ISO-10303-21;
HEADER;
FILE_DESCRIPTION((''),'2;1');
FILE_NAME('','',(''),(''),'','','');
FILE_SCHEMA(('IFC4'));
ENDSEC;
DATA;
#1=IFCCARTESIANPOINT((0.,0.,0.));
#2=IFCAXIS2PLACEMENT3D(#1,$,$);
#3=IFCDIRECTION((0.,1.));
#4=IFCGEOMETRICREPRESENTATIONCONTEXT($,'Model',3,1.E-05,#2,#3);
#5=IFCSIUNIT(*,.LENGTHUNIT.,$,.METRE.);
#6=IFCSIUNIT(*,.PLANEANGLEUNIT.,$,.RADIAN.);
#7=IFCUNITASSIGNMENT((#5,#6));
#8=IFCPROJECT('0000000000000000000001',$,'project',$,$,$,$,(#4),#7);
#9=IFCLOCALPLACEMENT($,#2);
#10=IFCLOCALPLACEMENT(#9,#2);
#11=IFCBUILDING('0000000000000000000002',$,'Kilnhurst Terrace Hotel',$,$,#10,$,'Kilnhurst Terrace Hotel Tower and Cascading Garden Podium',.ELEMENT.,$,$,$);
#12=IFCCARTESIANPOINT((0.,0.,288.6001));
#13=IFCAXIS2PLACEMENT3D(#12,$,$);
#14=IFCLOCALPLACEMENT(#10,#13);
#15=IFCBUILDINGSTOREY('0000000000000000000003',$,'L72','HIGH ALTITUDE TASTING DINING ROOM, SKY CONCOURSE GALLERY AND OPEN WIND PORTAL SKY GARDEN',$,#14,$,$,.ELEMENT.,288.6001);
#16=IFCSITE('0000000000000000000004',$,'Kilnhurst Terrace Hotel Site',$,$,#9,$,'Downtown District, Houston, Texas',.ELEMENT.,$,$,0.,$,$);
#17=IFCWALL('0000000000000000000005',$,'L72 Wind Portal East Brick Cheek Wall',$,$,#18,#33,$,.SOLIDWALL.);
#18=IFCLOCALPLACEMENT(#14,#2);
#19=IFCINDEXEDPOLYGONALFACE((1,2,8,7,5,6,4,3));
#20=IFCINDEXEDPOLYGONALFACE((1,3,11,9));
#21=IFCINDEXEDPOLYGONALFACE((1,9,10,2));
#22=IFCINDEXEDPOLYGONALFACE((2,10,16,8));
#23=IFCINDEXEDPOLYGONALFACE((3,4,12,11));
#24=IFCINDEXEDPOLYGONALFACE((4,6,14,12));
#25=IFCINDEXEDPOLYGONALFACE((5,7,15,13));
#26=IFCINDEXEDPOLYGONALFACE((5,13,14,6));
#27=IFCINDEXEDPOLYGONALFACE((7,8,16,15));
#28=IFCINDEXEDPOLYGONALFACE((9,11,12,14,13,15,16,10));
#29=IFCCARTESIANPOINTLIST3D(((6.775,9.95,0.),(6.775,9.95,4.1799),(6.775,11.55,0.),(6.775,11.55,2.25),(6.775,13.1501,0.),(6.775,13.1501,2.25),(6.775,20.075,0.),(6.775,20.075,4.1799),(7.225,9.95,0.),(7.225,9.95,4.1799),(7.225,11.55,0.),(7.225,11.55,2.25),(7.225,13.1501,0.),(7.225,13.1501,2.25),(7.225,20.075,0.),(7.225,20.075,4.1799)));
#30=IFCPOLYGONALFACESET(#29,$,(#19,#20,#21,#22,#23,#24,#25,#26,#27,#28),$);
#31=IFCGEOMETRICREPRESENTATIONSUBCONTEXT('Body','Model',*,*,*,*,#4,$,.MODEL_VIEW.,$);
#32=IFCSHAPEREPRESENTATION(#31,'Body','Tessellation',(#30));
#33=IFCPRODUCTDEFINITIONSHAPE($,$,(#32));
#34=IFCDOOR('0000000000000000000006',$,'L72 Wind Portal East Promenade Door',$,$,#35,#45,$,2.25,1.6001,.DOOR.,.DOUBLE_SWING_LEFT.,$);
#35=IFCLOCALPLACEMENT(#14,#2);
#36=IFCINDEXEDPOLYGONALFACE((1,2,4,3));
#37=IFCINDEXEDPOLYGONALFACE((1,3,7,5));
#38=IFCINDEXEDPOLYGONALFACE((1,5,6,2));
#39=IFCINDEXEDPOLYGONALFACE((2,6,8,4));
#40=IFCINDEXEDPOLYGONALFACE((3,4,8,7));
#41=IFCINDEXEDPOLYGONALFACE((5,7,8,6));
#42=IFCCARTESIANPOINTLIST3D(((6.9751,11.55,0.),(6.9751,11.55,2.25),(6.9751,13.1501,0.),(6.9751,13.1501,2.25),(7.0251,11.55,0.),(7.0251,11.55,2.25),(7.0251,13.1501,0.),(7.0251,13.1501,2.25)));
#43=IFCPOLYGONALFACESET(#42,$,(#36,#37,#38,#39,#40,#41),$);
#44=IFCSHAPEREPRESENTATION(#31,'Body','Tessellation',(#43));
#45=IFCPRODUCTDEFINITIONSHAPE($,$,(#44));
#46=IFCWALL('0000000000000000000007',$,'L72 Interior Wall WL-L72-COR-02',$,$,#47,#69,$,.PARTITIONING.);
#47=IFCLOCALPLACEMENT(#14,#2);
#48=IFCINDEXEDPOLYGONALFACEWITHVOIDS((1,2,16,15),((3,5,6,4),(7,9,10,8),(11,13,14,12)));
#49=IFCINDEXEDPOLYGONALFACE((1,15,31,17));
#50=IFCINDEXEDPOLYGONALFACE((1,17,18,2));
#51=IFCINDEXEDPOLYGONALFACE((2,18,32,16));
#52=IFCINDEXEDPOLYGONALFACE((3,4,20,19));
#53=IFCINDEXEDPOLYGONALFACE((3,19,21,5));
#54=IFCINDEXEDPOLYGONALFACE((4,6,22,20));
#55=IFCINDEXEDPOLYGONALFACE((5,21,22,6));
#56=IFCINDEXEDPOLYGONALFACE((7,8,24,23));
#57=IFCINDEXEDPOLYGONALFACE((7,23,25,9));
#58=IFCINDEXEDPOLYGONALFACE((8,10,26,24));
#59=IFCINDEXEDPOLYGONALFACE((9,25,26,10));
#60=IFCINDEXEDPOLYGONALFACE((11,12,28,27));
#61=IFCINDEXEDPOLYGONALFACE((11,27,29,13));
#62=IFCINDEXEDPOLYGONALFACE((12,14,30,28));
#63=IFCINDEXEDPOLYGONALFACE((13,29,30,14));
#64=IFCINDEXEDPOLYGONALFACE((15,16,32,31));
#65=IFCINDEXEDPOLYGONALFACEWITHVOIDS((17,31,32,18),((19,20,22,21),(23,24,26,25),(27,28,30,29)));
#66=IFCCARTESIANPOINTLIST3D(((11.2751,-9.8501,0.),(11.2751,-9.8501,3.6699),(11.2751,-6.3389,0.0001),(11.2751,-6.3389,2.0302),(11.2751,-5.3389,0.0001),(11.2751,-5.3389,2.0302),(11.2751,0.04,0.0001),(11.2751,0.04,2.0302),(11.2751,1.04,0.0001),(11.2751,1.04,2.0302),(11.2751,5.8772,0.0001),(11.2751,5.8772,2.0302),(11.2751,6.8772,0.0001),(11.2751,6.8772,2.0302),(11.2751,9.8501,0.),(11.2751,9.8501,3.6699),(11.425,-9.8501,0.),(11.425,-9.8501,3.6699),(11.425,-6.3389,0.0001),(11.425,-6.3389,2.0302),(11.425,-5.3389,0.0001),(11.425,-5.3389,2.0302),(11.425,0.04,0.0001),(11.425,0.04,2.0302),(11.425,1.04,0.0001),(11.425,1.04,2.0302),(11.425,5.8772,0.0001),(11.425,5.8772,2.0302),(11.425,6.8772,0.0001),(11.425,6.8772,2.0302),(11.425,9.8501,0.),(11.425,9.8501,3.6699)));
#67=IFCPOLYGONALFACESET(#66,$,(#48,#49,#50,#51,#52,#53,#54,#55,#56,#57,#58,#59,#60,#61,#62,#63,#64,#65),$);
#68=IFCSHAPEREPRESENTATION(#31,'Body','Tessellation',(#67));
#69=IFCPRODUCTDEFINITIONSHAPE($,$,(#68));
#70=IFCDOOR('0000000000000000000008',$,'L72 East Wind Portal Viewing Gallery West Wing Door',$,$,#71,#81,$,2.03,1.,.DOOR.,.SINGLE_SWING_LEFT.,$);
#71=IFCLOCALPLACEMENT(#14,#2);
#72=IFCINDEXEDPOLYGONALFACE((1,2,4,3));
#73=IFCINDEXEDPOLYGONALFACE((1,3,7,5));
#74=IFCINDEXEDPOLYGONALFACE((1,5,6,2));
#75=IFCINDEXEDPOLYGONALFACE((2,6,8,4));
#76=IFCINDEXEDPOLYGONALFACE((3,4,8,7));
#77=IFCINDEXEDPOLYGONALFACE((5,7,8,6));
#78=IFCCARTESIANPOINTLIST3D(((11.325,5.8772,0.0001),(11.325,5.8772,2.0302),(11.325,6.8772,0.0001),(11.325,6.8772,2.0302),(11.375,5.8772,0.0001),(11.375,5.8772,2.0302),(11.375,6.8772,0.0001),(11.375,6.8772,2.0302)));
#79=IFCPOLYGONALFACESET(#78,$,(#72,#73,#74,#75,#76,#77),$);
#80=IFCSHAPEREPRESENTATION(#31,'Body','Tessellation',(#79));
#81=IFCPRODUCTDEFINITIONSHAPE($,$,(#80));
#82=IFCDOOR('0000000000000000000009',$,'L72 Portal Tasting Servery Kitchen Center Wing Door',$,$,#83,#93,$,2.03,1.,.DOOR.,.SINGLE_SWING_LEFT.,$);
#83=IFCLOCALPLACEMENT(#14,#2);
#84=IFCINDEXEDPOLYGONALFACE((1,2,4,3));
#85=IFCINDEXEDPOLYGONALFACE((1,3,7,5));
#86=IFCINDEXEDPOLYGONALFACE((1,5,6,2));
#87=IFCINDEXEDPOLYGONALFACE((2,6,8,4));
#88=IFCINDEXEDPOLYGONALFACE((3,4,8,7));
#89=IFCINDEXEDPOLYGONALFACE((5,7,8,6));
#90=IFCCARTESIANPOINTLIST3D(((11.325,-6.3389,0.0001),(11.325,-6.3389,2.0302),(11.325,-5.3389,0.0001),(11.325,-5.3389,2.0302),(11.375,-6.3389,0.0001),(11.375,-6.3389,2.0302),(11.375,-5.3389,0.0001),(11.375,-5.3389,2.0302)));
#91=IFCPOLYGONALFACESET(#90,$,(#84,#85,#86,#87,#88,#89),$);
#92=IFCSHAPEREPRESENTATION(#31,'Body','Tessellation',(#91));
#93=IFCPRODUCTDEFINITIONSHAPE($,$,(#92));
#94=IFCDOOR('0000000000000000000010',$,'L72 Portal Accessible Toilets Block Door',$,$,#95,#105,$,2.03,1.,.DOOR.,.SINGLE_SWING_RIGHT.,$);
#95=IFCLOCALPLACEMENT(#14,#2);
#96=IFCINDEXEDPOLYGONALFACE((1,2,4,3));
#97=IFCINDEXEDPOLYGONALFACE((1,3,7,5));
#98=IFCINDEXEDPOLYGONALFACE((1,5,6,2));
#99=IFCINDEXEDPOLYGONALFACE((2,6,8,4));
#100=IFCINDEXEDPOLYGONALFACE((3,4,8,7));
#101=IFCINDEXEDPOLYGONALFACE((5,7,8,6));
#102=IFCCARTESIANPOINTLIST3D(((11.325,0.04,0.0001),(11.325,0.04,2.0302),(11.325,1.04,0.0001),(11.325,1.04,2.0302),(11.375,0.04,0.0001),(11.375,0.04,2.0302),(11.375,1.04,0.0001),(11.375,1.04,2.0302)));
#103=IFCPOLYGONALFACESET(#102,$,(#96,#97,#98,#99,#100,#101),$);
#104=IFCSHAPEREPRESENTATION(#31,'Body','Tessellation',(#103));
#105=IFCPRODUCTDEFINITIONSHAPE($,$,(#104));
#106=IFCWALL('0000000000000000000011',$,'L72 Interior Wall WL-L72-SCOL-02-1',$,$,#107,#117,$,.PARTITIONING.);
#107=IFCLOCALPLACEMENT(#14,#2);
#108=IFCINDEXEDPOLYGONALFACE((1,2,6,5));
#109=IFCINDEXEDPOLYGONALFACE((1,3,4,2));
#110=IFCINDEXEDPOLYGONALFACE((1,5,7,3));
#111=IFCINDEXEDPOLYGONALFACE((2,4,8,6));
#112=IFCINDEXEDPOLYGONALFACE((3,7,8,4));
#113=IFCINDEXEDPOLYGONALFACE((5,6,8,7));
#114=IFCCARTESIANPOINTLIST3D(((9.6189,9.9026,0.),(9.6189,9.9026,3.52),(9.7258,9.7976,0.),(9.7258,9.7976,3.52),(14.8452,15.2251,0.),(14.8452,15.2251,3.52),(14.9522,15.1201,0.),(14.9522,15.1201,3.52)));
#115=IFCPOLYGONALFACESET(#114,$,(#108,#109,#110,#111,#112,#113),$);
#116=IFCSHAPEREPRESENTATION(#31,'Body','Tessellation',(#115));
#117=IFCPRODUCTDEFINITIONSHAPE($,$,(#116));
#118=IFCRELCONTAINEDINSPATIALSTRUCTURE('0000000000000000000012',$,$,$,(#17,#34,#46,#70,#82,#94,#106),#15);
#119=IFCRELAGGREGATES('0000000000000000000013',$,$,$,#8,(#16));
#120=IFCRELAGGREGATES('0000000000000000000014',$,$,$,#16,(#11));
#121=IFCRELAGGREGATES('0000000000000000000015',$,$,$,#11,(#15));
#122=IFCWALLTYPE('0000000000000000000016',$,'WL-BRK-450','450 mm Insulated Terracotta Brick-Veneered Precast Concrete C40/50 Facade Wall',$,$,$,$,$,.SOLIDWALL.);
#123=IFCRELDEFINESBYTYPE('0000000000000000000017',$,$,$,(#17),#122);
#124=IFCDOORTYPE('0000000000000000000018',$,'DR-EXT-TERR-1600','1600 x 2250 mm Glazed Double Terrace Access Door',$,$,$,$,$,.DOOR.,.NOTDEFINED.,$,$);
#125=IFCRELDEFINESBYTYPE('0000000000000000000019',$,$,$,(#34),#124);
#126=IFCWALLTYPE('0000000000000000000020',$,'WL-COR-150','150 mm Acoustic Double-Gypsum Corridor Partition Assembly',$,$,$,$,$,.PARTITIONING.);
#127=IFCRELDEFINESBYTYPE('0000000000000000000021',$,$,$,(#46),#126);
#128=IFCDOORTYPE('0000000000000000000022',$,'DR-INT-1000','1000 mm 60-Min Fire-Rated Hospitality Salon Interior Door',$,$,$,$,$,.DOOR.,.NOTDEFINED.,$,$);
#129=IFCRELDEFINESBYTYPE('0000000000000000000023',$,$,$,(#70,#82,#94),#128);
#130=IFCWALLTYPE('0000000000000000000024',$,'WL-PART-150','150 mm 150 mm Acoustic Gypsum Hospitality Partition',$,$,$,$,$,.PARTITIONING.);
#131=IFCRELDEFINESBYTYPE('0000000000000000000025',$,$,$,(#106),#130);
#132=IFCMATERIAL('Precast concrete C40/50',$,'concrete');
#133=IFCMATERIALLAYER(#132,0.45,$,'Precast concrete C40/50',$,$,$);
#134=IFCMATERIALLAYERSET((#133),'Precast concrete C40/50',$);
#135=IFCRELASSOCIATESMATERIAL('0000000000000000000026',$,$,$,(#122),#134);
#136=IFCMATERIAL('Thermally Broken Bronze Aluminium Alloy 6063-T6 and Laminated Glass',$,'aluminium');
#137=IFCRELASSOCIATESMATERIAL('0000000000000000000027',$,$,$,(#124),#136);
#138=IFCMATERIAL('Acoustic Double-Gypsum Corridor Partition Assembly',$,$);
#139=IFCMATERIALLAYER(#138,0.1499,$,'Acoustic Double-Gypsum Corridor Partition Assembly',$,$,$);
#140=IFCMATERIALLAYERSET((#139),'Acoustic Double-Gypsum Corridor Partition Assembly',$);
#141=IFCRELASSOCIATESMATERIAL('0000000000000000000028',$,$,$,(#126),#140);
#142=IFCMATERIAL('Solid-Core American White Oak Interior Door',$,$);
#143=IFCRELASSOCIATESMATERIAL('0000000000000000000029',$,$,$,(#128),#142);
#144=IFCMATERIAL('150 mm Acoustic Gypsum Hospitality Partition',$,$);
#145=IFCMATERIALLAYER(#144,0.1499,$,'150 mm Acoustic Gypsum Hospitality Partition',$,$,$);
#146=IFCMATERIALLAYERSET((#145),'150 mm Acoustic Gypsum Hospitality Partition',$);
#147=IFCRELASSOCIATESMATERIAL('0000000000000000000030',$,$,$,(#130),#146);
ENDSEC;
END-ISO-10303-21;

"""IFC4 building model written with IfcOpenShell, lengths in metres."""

from ifc_helpers import new_model, si_unit, direction, frame, frame_2d, origin, place, context, subcontext, project, spatial, rectangle, extrude, material, layer, layer_set, type_object, element, fill, save


model = new_model("IFC4")

# Units and contexts
model_context = context("Model", 3, precision=1e-05, world=origin(), true_north=direction((0.0, 1.0)))
body_context = subcontext(model_context, "Body", "Model", "MODEL_VIEW")
ifc_project = project(units=[si_unit("LENGTHUNIT", "METRE"), si_unit("PLANEANGLEUNIT", "RADIAN")], contexts=[model_context])

# Site, building, storey
site_placement = place(None, origin())
site = spatial("IfcSite", under=ifc_project, at=site_placement, Name="Kilnhurst Terrace Hotel Site", LongName="Downtown District, Houston, Texas", CompositionType="ELEMENT", RefElevation=0.0)
building_placement = place(site_placement, origin())
building = spatial("IfcBuilding", under=site, at=building_placement, Name="Kilnhurst Terrace Hotel", LongName="Kilnhurst Terrace Hotel Tower and Cascading Garden Podium", CompositionType="ELEMENT")
storey_placement = place(building_placement, frame((0.0, 0.0, 288.6001)))
storey = spatial("IfcBuildingStorey", under=building, at=storey_placement, Name="L72", Description="HIGH ALTITUDE TASTING DINING ROOM, SKY CONCOURSE GALLERY AND OPEN WIND PORTAL SKY GARDEN", CompositionType="ELEMENT", Elevation=288.6001)

# Shared definitions
ifc_material_1 = material(Name="Precast concrete C40/50", Category="concrete")
ifc_layer_1 = layer(ifc_material_1, 0.45, Name="Precast concrete C40/50")
ifc_layer_set_1 = layer_set([ifc_layer_1], Name="Precast concrete C40/50")
wall_type_1 = type_object("IfcWallType", Name="WL-BRK-450", Description="450 mm Insulated Terracotta Brick-Veneered Precast Concrete C40/50 Facade Wall", PredefinedType="SOLIDWALL", material=ifc_layer_set_1)

# Wall, opening, door
wall_1_placement = place(storey_placement, frame((7.0, 9.95, 0.0), z_axis=(0.0, 0.0, 1.0), x_axis=(0.0, 1.0, 0.0)))
wall_1 = element("IfcWall", 1, at=wall_1_placement, inside=storey, type_object=wall_type_1, Name="L72 Wind Portal East Brick Cheek Wall", PredefinedType="SOLIDWALL", context=body_context, shape_type="SweptSolid", body=[
    extrude(rectangle(XDim=10.125, YDim=0.45, at=frame_2d((5.0625, 0.0))), origin(), (0.0, 0.0, 1.0), 4.1799),
])
opening_1_placement = place(wall_1_placement, frame((1.6001, 0.0, 0.0)))
opening_1 = element("IfcOpeningElement", 2, at=opening_1_placement, cuts=wall_1, PredefinedType="OPENING", context=body_context, shape_type="SweptSolid", body=[
    extrude(rectangle(XDim=1.6001, YDim=2.25, at=frame_2d((0.8, 1.125))), frame((0.0, 0.2349, 0.0), z_axis=(0.0, -1.0, 0.0), x_axis=(1.0, 0.0, 0.0)), (0.0, 0.0, 1.0), 0.47),
])
ifc_material_2 = material(Name="Thermally Broken Bronze Aluminium Alloy 6063-T6 and Laminated Glass", Category="aluminium")
door_type_1 = type_object("IfcDoorType", Name="DR-EXT-TERR-1600", Description="1600 x 2250 mm Glazed Double Terrace Access Door", OperationType="NOTDEFINED", PredefinedType="DOOR", material=ifc_material_2)
door_1_placement = place(opening_1_placement, origin())
door_1 = element("IfcDoor", 3, at=door_1_placement, inside=storey, type_object=door_type_1, Name="L72 Wind Portal East Promenade Door", OperationType="DOUBLE_SWING_LEFT", OverallHeight=2.25, OverallWidth=1.6001, PredefinedType="DOOR", context=body_context, shape_type="SweptSolid", body=[
    extrude(rectangle(XDim=1.6001, YDim=2.25, at=frame_2d((0.8, 1.125))), frame((0.0, 0.0249, 0.0), z_axis=(0.0, -1.0, 0.0), x_axis=(1.0, 0.0, 0.0)), (0.0, 0.0, 1.0), 0.05),
])
fill(opening_1, door_1)

# Wall, openings, doors
ifc_material_3 = material(Name="Acoustic Double-Gypsum Corridor Partition Assembly")
ifc_layer_2 = layer(ifc_material_3, 0.1499, Name="Acoustic Double-Gypsum Corridor Partition Assembly")
ifc_layer_set_2 = layer_set([ifc_layer_2], Name="Acoustic Double-Gypsum Corridor Partition Assembly")
wall_type_2 = type_object("IfcWallType", Name="WL-COR-150", Description="150 mm Acoustic Double-Gypsum Corridor Partition Assembly", PredefinedType="PARTITIONING", material=ifc_layer_set_2)
wall_2_placement = place(storey_placement, frame((11.3501, 9.8501, 0.0), z_axis=(0.0, 0.0, 1.0), x_axis=(0.0, -1.0, 0.0)))
wall_2 = element("IfcWall", 4, at=wall_2_placement, inside=storey, type_object=wall_type_2, Name="L72 Interior Wall WL-L72-COR-02", PredefinedType="PARTITIONING", context=body_context, shape_type="SweptSolid", body=[
    extrude(rectangle(XDim=19.7002, YDim=0.1499, at=frame_2d((9.8501, 0.0))), origin(), (0.0, 0.0, 1.0), 3.6699),
])
opening_2_placement = place(wall_2_placement, frame((2.9729, 0.0, 0.0)))
opening_2 = element("IfcOpeningElement", 5, at=opening_2_placement, cuts=wall_2, PredefinedType="OPENING", context=body_context, shape_type="SweptSolid", body=[
    extrude(rectangle(XDim=1.0, YDim=2.03, at=frame_2d((0.5, 1.0151))), frame((0.0, 0.085, 0.0), z_axis=(0.0, -1.0, 0.0), x_axis=(1.0, 0.0, 0.0)), (0.0, 0.0, 1.0), 0.1699),
])
opening_3_placement = place(wall_2_placement, frame((15.189, 0.0, 0.0)))
opening_3 = element("IfcOpeningElement", 6, at=opening_3_placement, cuts=wall_2, PredefinedType="OPENING", context=body_context, shape_type="SweptSolid", body=[
    extrude(rectangle(XDim=1.0, YDim=2.03, at=frame_2d((0.5, 1.0151))), frame((0.0, 0.085, 0.0), z_axis=(0.0, -1.0, 0.0), x_axis=(1.0, 0.0, 0.0)), (0.0, 0.0, 1.0), 0.1699),
])
opening_4_placement = place(wall_2_placement, frame((8.8101, 0.0, 0.0)))
opening_4 = element("IfcOpeningElement", 7, at=opening_4_placement, cuts=wall_2, PredefinedType="OPENING", context=body_context, shape_type="SweptSolid", body=[
    extrude(rectangle(XDim=1.0, YDim=2.03, at=frame_2d((0.5, 1.0151))), frame((0.0, 0.085, 0.0), z_axis=(0.0, -1.0, 0.0), x_axis=(1.0, 0.0, 0.0)), (0.0, 0.0, 1.0), 0.1699),
])
ifc_material_4 = material(Name="Solid-Core American White Oak Interior Door")
door_type_2 = type_object("IfcDoorType", Name="DR-INT-1000", Description="1000 mm 60-Min Fire-Rated Hospitality Salon Interior Door", OperationType="NOTDEFINED", PredefinedType="DOOR", material=ifc_material_4)
door_2_placement = place(opening_2_placement, origin())
door_2 = element("IfcDoor", 8, at=door_2_placement, inside=storey, type_object=door_type_2, Name="L72 East Wind Portal Viewing Gallery West Wing Door", OperationType="SINGLE_SWING_LEFT", OverallHeight=2.03, OverallWidth=1.0, PredefinedType="DOOR", context=body_context, shape_type="SweptSolid", body=[
    extrude(rectangle(XDim=1.0, YDim=2.03, at=frame_2d((0.5, 1.0151))), frame((0.0, 0.0249, 0.0), z_axis=(0.0, -1.0, 0.0), x_axis=(1.0, 0.0, 0.0)), (0.0, 0.0, 1.0), 0.05),
])
fill(opening_2, door_2)
door_3_placement = place(opening_3_placement, origin())
door_3 = element("IfcDoor", 9, at=door_3_placement, inside=storey, type_object=door_type_2, Name="L72 Portal Tasting Servery Kitchen Center Wing Door", OperationType="SINGLE_SWING_LEFT", OverallHeight=2.03, OverallWidth=1.0, PredefinedType="DOOR", context=body_context, shape_type="SweptSolid", body=[
    extrude(rectangle(XDim=1.0, YDim=2.03, at=frame_2d((0.5, 1.0151))), frame((0.0, 0.0249, 0.0), z_axis=(0.0, -1.0, 0.0), x_axis=(1.0, 0.0, 0.0)), (0.0, 0.0, 1.0), 0.05),
])
fill(opening_3, door_3)
door_4_placement = place(opening_4_placement, origin())
door_4 = element("IfcDoor", 10, at=door_4_placement, inside=storey, type_object=door_type_2, Name="L72 Portal Accessible Toilets Block Door", OperationType="SINGLE_SWING_RIGHT", OverallHeight=2.03, OverallWidth=1.0, PredefinedType="DOOR", context=body_context, shape_type="SweptSolid", body=[
    extrude(rectangle(XDim=1.0, YDim=2.03, at=frame_2d((0.5, 1.0151))), frame((0.0, 0.0249, 0.0), z_axis=(0.0, -1.0, 0.0), x_axis=(1.0, 0.0, 0.0)), (0.0, 0.0, 1.0), 0.05),
])
fill(opening_4, door_4)

# Wall
ifc_material_5 = material(Name="150 mm Acoustic Gypsum Hospitality Partition")
ifc_layer_3 = layer(ifc_material_5, 0.1499, Name="150 mm Acoustic Gypsum Hospitality Partition")
ifc_layer_set_3 = layer_set([ifc_layer_3], Name="150 mm Acoustic Gypsum Hospitality Partition")
wall_type_3 = type_object("IfcWallType", Name="WL-PART-150", Description="150 mm 150 mm Acoustic Gypsum Hospitality Partition", PredefinedType="PARTITIONING", material=ifc_layer_set_3)
wall_3_placement = place(storey_placement, frame((9.6724, 9.8501, 0.0), z_axis=(0.0, 0.0, 1.0), x_axis=(0.70063, 0.713525, 0.0)))
element("IfcWall", 11, at=wall_3_placement, inside=storey, type_object=wall_type_3, Name="L72 Interior Wall WL-L72-SCOL-02-1", PredefinedType="PARTITIONING", context=body_context, shape_type="SweptSolid", body=[
    extrude(rectangle(XDim=7.4595, YDim=0.1499, at=frame_2d((3.7297, 0.0))), origin(), (0.0, 0.0, 1.0), 3.52),
])

save(model, "model.ifc")
